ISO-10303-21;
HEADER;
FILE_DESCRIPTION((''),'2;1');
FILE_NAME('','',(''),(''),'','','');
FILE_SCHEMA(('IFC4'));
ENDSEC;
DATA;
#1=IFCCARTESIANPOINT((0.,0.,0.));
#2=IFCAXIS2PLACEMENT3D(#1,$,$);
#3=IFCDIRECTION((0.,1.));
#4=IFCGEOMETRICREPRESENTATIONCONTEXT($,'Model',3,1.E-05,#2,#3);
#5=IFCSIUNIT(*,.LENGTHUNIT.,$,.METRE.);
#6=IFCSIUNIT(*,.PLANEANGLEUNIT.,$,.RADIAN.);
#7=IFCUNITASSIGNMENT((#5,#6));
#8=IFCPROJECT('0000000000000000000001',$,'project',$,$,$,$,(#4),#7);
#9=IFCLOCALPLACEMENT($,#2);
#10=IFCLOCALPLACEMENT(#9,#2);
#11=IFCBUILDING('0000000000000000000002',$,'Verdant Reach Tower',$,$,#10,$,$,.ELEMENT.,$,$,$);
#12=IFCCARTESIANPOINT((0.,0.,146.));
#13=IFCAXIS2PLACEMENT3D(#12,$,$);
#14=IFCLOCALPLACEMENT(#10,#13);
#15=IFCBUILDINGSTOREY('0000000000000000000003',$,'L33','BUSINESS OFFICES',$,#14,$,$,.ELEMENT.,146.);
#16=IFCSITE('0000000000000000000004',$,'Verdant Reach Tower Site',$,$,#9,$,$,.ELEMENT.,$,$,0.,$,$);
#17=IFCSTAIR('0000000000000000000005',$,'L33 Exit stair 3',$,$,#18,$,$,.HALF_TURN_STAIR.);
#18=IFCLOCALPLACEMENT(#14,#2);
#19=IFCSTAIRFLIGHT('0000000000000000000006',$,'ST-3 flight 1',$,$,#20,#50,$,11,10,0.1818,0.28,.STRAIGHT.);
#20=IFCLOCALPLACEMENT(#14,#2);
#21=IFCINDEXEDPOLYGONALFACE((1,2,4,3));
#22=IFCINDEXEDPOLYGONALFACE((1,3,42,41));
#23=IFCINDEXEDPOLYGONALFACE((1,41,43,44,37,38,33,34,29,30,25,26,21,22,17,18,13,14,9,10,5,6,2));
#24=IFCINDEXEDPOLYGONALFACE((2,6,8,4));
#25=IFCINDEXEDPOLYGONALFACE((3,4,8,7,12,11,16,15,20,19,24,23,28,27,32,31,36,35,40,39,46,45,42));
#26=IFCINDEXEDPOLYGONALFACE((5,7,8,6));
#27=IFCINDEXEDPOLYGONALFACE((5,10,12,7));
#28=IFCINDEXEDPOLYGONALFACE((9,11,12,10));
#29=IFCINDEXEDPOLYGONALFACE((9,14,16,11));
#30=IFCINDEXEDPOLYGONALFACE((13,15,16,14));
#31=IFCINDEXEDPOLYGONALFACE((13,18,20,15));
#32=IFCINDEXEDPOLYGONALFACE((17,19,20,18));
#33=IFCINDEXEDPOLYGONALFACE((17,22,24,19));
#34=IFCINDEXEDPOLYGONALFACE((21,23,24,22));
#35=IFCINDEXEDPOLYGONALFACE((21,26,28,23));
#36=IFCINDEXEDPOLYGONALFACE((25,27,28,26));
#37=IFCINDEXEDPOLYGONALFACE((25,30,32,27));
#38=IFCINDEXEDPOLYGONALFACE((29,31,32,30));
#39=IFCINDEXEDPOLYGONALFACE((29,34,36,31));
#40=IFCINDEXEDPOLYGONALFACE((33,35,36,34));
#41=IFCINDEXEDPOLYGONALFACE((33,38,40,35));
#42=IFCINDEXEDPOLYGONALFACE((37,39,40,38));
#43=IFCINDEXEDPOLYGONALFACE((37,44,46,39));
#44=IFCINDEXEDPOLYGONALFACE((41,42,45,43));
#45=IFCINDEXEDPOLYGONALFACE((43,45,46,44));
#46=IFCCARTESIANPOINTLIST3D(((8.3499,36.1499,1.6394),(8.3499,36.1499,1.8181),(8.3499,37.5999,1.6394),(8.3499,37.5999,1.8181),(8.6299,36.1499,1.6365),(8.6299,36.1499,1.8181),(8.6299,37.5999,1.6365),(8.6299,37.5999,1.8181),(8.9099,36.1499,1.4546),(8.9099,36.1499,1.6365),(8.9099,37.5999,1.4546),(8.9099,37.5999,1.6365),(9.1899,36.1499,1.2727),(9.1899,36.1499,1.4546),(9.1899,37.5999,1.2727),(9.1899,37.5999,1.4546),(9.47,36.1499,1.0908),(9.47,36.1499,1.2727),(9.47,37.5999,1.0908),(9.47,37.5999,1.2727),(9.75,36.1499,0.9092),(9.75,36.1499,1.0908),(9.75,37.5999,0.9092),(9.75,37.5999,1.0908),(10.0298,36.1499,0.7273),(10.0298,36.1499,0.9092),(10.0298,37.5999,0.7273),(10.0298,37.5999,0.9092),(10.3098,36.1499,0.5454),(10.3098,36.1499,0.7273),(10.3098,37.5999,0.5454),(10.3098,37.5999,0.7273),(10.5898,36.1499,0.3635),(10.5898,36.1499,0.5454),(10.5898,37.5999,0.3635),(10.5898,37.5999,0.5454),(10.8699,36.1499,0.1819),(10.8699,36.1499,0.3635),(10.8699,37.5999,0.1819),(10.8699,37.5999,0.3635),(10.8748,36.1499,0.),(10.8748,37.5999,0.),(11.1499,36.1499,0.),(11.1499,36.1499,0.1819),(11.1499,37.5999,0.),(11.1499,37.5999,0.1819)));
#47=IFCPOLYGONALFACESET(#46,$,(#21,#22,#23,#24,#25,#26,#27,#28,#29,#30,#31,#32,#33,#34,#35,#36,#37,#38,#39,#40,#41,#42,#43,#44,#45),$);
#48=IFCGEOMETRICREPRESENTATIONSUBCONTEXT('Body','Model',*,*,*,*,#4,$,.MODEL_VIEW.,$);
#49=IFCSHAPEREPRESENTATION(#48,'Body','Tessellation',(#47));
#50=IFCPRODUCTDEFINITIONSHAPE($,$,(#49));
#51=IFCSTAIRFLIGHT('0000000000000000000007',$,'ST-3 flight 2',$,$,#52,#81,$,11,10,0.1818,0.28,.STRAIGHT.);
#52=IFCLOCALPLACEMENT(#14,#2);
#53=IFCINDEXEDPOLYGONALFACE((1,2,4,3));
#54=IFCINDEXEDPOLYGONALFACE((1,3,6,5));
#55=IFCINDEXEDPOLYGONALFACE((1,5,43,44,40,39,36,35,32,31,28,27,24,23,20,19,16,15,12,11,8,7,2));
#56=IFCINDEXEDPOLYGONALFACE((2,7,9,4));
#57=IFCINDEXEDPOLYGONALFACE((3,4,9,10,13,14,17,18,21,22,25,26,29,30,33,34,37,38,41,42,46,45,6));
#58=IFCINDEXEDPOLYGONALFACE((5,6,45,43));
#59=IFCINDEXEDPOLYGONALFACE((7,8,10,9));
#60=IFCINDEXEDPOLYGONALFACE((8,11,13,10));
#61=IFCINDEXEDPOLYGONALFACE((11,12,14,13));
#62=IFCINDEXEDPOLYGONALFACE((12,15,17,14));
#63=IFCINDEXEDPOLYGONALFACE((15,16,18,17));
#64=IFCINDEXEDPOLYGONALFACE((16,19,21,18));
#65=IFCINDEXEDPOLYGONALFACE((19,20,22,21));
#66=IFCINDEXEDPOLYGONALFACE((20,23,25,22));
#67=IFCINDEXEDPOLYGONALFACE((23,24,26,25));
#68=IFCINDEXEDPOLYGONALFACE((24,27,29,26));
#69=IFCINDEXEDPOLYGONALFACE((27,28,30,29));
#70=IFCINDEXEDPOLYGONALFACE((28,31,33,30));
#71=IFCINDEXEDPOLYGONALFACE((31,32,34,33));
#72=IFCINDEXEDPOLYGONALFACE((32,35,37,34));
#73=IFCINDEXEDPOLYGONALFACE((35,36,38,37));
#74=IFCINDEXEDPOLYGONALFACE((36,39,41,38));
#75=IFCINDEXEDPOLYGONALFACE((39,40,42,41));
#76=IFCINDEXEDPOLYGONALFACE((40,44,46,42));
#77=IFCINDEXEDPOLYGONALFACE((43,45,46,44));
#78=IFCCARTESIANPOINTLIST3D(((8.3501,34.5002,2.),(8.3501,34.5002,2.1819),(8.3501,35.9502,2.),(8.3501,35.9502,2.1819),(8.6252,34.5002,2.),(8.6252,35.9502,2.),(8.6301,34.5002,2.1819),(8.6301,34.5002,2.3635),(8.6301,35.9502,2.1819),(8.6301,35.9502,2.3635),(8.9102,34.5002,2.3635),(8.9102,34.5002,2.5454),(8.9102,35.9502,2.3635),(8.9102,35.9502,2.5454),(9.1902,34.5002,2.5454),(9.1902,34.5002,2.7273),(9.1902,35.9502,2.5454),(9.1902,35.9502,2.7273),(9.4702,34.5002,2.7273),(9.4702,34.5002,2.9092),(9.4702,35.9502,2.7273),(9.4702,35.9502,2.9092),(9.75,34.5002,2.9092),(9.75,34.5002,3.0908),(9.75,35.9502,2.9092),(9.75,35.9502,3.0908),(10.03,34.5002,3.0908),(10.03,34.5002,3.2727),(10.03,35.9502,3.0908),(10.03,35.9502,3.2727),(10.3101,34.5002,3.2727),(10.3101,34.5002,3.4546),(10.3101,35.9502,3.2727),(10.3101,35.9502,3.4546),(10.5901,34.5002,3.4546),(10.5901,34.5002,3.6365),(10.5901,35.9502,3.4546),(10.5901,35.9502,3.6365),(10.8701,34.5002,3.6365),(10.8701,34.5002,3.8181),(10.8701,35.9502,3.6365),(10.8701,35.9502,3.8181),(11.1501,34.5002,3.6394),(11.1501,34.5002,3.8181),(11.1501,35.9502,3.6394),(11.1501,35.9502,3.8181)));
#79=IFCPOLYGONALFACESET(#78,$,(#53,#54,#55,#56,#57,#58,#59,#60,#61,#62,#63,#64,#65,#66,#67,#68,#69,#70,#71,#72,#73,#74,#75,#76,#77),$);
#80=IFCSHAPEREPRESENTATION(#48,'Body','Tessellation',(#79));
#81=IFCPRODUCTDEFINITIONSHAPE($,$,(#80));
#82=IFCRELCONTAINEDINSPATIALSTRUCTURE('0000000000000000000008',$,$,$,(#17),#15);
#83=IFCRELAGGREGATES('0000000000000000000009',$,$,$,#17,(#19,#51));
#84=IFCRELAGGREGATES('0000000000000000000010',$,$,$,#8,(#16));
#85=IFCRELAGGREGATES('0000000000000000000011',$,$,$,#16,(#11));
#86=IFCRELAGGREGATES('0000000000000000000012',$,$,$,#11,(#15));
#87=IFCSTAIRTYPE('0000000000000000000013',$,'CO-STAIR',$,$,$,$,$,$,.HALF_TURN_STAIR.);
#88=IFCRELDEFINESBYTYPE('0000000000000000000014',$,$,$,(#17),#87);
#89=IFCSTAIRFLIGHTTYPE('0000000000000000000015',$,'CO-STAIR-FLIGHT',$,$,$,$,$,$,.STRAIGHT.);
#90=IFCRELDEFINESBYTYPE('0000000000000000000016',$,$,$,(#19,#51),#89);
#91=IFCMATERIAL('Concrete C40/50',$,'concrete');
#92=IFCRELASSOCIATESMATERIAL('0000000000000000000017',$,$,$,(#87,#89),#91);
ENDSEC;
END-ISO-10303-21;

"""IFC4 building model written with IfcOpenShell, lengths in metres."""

from ifc_helpers import new_model, si_unit, direction, frame, origin, place, context, subcontext, project, spatial, polyline, outline, extrude, material, type_object, element, aggregate, save


model = new_model("IFC4")

# Units and contexts
model_context = context("Model", 3, precision=1e-05, world=origin(), true_north=direction((0.0, 1.0)))
body_context = subcontext(model_context, "Body", "Model", "MODEL_VIEW")
ifc_project = project(units=[si_unit("LENGTHUNIT", "METRE"), si_unit("PLANEANGLEUNIT", "RADIAN")], contexts=[model_context])

# Site, building, storey
site_placement = place(None, origin())
site = spatial("IfcSite", under=ifc_project, at=site_placement, Name="Verdant Reach Tower Site", CompositionType="ELEMENT", RefElevation=0.0)
building_placement = place(site_placement, origin())
building = spatial("IfcBuilding", under=site, at=building_placement, Name="Verdant Reach Tower", CompositionType="ELEMENT")
storey_placement = place(building_placement, frame((0.0, 0.0, 146.0)))
storey = spatial("IfcBuildingStorey", under=building, at=storey_placement, Name="L33", Description="BUSINESS OFFICES", CompositionType="ELEMENT", Elevation=146.0)

# Shared definitions
ifc_material_1 = material(Name="Concrete C40/50", Category="concrete")

# Stair, stair flights
stair_type = type_object("IfcStairType", Name="CO-STAIR", PredefinedType="HALF_TURN_STAIR", material=ifc_material_1)
stair_placement = place(storey_placement, origin())
stair = element("IfcStair", 1, at=stair_placement, inside=storey, type_object=stair_type, Name="L33 Exit stair 3", PredefinedType="HALF_TURN_STAIR")
stair_flight_type = type_object("IfcStairFlightType", Name="CO-STAIR-FLIGHT", PredefinedType="STRAIGHT", material=ifc_material_1)
stair_flight_1_placement = place(storey_placement, frame((11.1499, 36.875, 0.0), z_axis=(0.0, 0.0, 1.0), x_axis=(-1.0, 0.0, 0.0)))
stair_flight_1 = element("IfcStairFlight", 2, at=stair_flight_1_placement, type_object=stair_flight_type, Name="ST-3 flight 1", NumberOfRisers=11, NumberOfTreads=10, PredefinedType="STRAIGHT", RiserHeight=0.1818, TreadLength=0.28, context=body_context, shape_type="SweptSolid", body=[
    extrude(outline(polyline([(0.0, 0.0), (0.0, 0.1819), (0.28, 0.1819), (0.28, 0.3635), (0.5601, 0.3635), (0.5601, 0.5454), (0.8401, 0.5454), (0.8401, 0.7273), (1.1201, 0.7273), (1.1201, 0.9092), (1.3999, 0.9092), (1.3999, 1.0908), (1.6799, 1.0908), (1.6799, 1.2727), (1.96, 1.2727), (1.96, 1.4546), (2.24, 1.4546), (2.24, 1.6365), (2.52, 1.6365), (2.52, 1.8181), (2.8, 1.8181), (2.8, 2.0), (2.8, 1.6394), (0.2751, 0.0), (0.0, 0.0)])), frame((0.0, 0.7251, 0.0), z_axis=(0.0, -1.0, 0.0), x_axis=(1.0, 0.0, 0.0)), (0.0, 0.0, 1.0), 1.45),
])
stair_flight_2_placement = place(storey_placement, frame((8.3501, 35.2251, 2.0), z_axis=(0.0, 0.0, 1.0), x_axis=(1.0, 0.0, 0.0)))
stair_flight_2 = element("IfcStairFlight", 3, at=stair_flight_2_placement, type_object=stair_flight_type, Name="ST-3 flight 2", NumberOfRisers=11, NumberOfTreads=10, PredefinedType="STRAIGHT", RiserHeight=0.1818, TreadLength=0.28, context=body_context, shape_type="SweptSolid", body=[
    extrude(outline(polyline([(0.0, 0.0), (0.0, 0.1819), (0.28, 0.1819), (0.28, 0.3635), (0.5601, 0.3635), (0.5601, 0.5454), (0.8401, 0.5454), (0.8401, 0.7273), (1.1201, 0.7273), (1.1201, 0.9092), (1.3999, 0.9092), (1.3999, 1.0908), (1.6799, 1.0908), (1.6799, 1.2727), (1.96, 1.2727), (1.96, 1.4546), (2.24, 1.4546), (2.24, 1.6365), (2.52, 1.6365), (2.52, 1.8181), (2.8, 1.8181), (2.8, 2.0), (2.8, 1.6394), (0.2751, 0.0), (0.0, 0.0)])), frame((0.0, 0.7251, 0.0), z_axis=(0.0, -1.0, 0.0), x_axis=(1.0, 0.0, 0.0)), (0.0, 0.0, 1.0), 1.45),
])
aggregate(stair, [stair_flight_1, stair_flight_2])

save(model, "model.ifc")
